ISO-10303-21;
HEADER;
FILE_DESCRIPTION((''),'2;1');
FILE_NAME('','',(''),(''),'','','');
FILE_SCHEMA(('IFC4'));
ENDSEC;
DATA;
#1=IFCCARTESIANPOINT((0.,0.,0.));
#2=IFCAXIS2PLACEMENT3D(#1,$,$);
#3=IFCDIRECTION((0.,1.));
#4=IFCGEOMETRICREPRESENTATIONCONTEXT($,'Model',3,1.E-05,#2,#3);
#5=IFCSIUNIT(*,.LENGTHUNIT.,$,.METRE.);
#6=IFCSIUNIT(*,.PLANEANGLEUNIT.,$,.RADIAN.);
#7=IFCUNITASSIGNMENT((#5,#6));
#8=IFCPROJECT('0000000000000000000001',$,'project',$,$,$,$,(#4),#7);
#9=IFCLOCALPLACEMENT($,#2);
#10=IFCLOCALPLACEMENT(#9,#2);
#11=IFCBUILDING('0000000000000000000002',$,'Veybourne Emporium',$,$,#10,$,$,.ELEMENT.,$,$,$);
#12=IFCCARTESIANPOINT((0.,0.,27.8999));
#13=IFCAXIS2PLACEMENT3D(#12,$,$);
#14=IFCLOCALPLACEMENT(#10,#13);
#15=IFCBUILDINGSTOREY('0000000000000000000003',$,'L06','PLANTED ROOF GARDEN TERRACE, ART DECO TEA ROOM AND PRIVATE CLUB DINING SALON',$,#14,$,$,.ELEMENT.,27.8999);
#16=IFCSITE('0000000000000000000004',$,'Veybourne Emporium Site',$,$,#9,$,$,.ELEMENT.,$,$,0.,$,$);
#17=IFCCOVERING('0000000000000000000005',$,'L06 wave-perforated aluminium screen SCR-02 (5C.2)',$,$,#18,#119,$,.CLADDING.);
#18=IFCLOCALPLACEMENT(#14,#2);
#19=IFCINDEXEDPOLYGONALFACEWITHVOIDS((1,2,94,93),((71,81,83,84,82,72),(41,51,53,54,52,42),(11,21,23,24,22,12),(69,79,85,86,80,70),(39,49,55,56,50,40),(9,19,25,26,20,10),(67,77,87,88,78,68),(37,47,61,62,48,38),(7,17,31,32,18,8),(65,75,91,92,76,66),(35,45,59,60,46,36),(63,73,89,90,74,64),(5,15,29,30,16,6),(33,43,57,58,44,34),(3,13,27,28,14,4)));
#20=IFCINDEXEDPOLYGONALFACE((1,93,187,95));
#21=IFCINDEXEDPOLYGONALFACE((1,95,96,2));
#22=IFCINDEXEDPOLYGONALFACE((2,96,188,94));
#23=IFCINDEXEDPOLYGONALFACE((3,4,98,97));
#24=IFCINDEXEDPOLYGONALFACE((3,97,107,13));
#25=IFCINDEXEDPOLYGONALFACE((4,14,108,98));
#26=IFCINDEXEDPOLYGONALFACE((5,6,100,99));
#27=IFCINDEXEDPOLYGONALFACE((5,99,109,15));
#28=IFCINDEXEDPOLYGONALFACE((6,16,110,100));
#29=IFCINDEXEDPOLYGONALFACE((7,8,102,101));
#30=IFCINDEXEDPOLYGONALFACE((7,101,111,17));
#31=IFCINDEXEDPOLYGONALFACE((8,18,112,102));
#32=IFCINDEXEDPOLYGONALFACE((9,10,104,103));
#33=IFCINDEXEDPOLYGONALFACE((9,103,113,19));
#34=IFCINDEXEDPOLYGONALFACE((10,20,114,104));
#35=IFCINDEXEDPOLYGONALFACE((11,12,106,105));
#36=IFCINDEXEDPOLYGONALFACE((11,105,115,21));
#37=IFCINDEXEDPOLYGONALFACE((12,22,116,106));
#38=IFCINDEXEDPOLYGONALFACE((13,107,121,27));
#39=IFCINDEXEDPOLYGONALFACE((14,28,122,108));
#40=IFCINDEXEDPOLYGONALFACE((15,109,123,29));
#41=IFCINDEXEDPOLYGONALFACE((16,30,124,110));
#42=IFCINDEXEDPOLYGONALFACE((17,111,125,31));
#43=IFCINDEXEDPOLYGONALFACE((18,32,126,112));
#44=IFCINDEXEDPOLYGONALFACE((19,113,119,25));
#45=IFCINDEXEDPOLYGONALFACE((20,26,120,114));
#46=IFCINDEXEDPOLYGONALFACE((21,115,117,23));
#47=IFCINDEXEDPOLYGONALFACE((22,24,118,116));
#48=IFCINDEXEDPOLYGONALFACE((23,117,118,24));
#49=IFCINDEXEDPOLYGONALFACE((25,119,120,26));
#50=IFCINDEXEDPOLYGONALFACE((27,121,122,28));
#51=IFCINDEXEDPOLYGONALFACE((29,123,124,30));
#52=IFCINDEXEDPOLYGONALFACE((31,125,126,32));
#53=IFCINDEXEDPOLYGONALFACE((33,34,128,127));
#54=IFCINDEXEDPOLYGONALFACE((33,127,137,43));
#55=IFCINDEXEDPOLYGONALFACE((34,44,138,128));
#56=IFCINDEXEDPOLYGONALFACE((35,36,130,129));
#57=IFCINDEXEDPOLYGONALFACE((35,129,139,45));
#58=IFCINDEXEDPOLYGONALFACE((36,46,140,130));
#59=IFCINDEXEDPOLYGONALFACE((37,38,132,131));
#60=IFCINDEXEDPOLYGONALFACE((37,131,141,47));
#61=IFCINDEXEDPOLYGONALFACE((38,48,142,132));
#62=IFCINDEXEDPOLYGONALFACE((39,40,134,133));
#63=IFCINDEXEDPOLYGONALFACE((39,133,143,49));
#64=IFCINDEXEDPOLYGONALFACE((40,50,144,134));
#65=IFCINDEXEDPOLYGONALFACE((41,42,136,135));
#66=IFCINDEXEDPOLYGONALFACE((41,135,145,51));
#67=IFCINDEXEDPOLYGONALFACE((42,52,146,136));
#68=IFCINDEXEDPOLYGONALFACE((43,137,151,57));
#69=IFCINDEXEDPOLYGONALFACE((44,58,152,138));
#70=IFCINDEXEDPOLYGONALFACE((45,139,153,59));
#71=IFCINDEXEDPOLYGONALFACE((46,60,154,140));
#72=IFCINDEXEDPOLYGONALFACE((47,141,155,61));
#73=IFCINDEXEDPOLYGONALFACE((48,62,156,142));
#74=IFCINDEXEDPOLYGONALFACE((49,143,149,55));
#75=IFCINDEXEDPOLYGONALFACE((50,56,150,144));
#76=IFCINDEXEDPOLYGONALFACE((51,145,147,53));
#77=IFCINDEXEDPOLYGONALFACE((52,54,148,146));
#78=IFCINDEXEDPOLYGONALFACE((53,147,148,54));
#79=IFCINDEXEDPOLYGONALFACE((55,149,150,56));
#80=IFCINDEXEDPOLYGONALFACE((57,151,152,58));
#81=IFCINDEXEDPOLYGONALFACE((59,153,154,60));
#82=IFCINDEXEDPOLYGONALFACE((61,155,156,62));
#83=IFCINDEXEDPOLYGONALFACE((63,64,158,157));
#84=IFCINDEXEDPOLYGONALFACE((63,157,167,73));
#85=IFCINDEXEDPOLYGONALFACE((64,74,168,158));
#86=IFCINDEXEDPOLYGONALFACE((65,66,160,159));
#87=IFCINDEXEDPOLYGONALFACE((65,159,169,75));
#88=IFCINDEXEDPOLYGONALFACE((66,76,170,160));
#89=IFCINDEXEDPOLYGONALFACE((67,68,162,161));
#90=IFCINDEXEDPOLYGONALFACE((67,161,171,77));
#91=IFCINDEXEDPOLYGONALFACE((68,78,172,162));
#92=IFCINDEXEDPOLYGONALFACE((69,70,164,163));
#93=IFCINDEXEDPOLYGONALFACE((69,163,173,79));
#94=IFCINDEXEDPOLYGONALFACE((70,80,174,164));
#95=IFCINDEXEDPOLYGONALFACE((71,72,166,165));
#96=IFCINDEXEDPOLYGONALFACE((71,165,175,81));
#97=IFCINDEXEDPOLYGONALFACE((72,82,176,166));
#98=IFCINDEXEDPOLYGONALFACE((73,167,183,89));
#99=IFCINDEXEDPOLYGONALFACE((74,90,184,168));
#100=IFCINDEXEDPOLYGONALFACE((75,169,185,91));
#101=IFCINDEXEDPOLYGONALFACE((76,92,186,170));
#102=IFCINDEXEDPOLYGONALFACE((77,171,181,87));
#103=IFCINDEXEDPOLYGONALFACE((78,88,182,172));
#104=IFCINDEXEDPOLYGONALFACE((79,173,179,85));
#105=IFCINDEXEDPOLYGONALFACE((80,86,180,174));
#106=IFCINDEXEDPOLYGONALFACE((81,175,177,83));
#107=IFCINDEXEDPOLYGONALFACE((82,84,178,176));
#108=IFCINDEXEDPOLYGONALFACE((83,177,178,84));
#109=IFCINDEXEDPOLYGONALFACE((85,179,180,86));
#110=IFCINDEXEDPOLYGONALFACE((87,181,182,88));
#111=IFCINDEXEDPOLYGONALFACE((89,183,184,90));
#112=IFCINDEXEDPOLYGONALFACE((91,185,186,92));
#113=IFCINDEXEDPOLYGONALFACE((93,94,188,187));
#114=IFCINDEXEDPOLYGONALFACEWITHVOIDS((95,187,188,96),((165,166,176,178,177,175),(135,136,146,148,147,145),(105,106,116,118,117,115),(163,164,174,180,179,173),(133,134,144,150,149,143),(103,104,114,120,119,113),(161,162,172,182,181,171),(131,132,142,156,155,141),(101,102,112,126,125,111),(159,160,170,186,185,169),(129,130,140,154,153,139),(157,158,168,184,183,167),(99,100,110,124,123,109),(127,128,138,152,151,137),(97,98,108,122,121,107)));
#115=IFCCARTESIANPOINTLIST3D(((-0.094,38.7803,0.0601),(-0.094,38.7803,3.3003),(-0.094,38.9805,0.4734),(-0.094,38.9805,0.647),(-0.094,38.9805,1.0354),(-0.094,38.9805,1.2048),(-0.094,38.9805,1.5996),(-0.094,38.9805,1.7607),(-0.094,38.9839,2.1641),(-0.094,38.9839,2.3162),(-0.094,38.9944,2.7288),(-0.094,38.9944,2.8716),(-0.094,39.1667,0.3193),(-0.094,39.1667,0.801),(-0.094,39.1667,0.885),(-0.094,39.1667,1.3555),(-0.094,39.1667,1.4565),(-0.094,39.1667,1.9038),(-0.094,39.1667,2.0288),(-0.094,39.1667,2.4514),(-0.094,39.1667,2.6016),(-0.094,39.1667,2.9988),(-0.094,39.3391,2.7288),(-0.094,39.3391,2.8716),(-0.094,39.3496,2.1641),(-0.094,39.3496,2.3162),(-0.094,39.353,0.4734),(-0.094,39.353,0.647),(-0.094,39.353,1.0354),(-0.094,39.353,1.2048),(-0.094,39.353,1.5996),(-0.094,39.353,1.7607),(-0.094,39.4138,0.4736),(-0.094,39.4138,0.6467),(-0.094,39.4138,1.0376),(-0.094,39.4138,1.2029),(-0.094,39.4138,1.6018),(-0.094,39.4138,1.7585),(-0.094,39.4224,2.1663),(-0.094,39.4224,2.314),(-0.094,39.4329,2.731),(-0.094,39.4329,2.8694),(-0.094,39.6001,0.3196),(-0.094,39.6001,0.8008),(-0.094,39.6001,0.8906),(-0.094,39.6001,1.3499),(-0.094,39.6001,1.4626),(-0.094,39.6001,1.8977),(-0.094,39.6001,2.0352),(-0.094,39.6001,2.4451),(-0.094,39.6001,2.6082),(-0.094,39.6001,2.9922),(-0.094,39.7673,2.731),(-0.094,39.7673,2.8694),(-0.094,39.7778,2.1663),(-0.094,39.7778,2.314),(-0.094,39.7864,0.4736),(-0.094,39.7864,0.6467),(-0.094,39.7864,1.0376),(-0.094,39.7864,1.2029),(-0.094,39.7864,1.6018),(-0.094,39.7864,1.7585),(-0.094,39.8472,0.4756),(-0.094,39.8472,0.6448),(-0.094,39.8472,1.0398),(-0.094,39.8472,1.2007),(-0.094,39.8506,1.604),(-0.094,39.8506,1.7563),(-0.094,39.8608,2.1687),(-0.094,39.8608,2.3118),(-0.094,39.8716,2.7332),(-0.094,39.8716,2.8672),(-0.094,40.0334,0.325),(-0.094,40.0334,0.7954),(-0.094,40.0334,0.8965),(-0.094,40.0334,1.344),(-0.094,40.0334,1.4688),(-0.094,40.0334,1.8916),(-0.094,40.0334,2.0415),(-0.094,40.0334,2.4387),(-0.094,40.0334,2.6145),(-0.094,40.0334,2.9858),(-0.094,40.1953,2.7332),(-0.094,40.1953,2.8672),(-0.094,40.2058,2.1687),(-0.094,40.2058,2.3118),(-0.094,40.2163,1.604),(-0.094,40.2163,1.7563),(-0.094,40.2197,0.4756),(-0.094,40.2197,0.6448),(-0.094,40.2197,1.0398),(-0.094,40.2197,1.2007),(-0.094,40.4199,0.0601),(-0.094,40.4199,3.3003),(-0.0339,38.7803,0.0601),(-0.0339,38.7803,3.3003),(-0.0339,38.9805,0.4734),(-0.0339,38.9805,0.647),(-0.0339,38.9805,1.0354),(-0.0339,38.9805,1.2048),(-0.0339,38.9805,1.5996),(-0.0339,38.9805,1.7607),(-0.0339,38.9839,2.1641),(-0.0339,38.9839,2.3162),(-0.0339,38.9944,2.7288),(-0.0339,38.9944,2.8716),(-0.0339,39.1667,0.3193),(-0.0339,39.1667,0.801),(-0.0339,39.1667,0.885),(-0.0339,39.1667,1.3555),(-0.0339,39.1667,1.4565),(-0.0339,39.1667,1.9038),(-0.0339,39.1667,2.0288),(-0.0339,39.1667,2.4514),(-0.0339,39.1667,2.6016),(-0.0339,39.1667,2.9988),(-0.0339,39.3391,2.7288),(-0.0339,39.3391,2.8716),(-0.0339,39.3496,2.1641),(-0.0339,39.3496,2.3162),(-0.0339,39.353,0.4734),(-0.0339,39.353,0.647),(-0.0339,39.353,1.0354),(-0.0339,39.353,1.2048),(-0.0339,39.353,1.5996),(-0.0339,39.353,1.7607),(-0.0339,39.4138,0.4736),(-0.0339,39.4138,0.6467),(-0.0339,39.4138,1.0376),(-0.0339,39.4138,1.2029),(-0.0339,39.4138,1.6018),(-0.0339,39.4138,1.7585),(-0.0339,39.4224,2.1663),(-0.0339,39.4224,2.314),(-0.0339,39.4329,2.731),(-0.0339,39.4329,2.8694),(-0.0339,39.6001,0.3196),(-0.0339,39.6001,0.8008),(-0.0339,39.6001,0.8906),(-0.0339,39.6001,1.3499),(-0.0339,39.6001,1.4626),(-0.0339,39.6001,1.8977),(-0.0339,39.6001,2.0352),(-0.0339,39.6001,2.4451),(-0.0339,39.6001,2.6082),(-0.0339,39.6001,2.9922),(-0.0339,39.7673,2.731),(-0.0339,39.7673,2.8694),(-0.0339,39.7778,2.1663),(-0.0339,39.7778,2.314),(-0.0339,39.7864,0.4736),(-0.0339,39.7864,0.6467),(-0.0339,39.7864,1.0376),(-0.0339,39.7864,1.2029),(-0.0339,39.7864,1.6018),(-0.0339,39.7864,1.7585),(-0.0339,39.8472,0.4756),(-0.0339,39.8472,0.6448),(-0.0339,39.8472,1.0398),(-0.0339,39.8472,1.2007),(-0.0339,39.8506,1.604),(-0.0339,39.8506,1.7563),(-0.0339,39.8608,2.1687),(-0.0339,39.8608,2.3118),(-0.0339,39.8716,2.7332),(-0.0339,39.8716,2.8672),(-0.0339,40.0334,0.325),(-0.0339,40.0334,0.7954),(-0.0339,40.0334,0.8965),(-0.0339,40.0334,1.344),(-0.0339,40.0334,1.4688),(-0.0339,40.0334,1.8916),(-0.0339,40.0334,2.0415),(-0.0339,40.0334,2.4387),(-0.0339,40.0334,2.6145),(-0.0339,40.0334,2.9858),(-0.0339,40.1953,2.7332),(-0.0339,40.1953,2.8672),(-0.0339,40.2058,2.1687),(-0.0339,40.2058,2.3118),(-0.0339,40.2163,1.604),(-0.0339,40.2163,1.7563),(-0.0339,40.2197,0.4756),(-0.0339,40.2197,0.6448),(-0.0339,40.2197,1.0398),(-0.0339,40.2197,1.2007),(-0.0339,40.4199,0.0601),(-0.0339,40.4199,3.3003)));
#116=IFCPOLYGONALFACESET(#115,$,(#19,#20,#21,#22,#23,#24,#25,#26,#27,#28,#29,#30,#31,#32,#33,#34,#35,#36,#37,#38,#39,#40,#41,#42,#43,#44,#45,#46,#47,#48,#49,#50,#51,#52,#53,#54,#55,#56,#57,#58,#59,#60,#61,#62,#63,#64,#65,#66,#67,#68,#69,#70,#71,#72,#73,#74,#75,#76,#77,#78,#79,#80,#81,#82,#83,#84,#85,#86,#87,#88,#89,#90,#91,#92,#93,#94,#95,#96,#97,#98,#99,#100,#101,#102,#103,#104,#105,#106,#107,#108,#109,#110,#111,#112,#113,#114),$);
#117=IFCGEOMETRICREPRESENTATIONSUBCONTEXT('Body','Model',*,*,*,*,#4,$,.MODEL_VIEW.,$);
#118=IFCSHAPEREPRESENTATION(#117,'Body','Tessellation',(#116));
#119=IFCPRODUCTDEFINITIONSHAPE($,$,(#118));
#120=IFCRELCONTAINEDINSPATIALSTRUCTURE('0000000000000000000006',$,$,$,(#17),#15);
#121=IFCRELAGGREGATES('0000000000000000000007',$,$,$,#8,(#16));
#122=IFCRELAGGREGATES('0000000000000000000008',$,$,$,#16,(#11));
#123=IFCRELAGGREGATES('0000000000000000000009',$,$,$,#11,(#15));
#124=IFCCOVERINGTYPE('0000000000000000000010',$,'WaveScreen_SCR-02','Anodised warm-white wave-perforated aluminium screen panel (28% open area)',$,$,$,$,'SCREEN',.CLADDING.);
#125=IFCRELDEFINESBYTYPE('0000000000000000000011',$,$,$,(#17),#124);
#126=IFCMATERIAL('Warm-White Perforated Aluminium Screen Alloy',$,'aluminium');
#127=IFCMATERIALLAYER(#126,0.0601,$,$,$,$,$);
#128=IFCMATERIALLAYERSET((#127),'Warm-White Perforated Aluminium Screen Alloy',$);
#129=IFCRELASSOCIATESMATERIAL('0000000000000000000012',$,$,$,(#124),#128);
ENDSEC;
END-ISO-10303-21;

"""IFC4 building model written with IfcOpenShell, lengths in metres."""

from ifc_helpers import new_model, si_unit, direction, frame, origin, place, context, subcontext, project, spatial, polyline, outline, extrude, material, layer, layer_set, type_object, element, save


model = new_model("IFC4")

# Units and contexts
model_context = context("Model", 3, precision=1e-05, world=origin(), true_north=direction((0.0, 1.0)))
body_context = subcontext(model_context, "Body", "Model", "MODEL_VIEW")
ifc_project = project(units=[si_unit("LENGTHUNIT", "METRE"), si_unit("PLANEANGLEUNIT", "RADIAN")], contexts=[model_context])

# Site, building, storey
site_placement = place(None, origin())
site = spatial("IfcSite", under=ifc_project, at=site_placement, Name="Veybourne Emporium Site", CompositionType="ELEMENT", RefElevation=0.0)
building_placement = place(site_placement, origin())
building = spatial("IfcBuilding", under=site, at=building_placement, Name="Veybourne Emporium", CompositionType="ELEMENT")
storey_placement = place(building_placement, frame((0.0, 0.0, 27.8999)))
storey = spatial("IfcBuildingStorey", under=building, at=storey_placement, Name="L06", Description="PLANTED ROOF GARDEN TERRACE, ART DECO TEA ROOM AND PRIVATE CLUB DINING SALON", CompositionType="ELEMENT", Elevation=27.8999)

# Covering
ifc_material_1 = material(Name="Warm-White Perforated Aluminium Screen Alloy", Category="aluminium")
ifc_layer_1 = layer(ifc_material_1, 0.0601)
ifc_layer_set_1 = layer_set([ifc_layer_1], Name="Warm-White Perforated Aluminium Screen Alloy")
covering_type_1 = type_object("IfcCoveringType", Name="WaveScreen_SCR-02", Description="Anodised warm-white wave-perforated aluminium screen panel (28% open area)", ElementType="SCREEN", PredefinedType="CLADDING", material=ifc_layer_set_1)
covering_1_placement = place(storey_placement, frame((-0.094, 39.6001, 1.6802), z_axis=(1.0, 0.0, 0.0), x_axis=(0.0, 1.0, 0.0)))
element("IfcCovering", 1, at=covering_1_placement, inside=storey, type_object=covering_type_1, Name="L06 wave-perforated aluminium screen SCR-02 (5C.2)", PredefinedType="CLADDING", context=body_context, shape_type="SweptSolid", body=[
    extrude(outline(polyline([(-0.8198, -1.6201), (0.8198, -1.6201), (0.8198, 1.6201), (-0.8198, 1.6201), (-0.8198, -1.6201)]), holes=[polyline([(-0.4333, -0.8792), (-0.2471, -1.0332), (-0.2471, -1.2068), (-0.4333, -1.3608), (-0.6196, -1.2068), (-0.6196, -1.0332), (-0.4333, -0.8792)]), polyline([(-0.4333, -0.3247), (-0.2471, -0.4753), (-0.2471, -0.6448), (-0.4333, -0.7952), (-0.6196, -0.6448), (-0.6196, -0.4753), (-0.4333, -0.3247)]), polyline([(-0.4333, 0.2236), (-0.2471, 0.0806), (-0.2471, -0.0806), (-0.4333, -0.2236), (-0.6196, -0.0806), (-0.6196, 0.0806), (-0.4333, 0.2236)]), polyline([(-0.4333, 0.7712), (-0.2505, 0.636), (-0.2505, 0.4839), (-0.4333, 0.3486), (-0.6162, 0.4839), (-0.6162, 0.636), (-0.4333, 0.7712)]), polyline([(-0.4333, 1.3186), (-0.261, 1.1914), (-0.261, 1.0486), (-0.4333, 0.9214), (-0.6057, 1.0486), (-0.6057, 1.1914), (-0.4333, 1.3186)]), polyline([(0.0, -0.8794), (0.1863, -1.0334), (0.1863, -1.2065), (0.0, -1.3606), (-0.1863, -1.2065), (-0.1863, -1.0334), (0.0, -0.8794)]), polyline([(0.0, -0.3303), (0.1863, -0.4773), (0.1863, -0.6426), (0.0, -0.7896), (-0.1863, -0.6426), (-0.1863, -0.4773), (0.0, -0.3303)]), polyline([(0.0, 0.2175), (0.1863, 0.0784), (0.1863, -0.0784), (0.0, -0.2175), (-0.1863, -0.0784), (-0.1863, 0.0784), (0.0, 0.2175)]), polyline([(0.0, 0.7649), (0.1777, 0.6338), (0.1777, 0.4861), (0.0, 0.355), (-0.1777, 0.4861), (-0.1777, 0.6338), (0.0, 0.7649)]), polyline([(0.0, 1.312), (0.1672, 1.1892), (0.1672, 1.0508), (0.0, 0.928), (-0.1672, 1.0508), (-0.1672, 1.1892), (0.0, 1.312)]), polyline([(0.4333, -0.8848), (0.6196, -1.0354), (0.6196, -1.2046), (0.4333, -1.3552), (0.2471, -1.2046), (0.2471, -1.0354), (0.4333, -0.8848)]), polyline([(0.4333, -0.3362), (0.6196, -0.4795), (0.6196, -0.6404), (0.4333, -0.7837), (0.2471, -0.6404), (0.2471, -0.4795), (0.4333, -0.3362)]), polyline([(0.4333, 0.2114), (0.6162, 0.0762), (0.6162, -0.0762), (0.4333, -0.2114), (0.2505, -0.0762), (0.2505, 0.0762), (0.4333, 0.2114)]), polyline([(0.4333, 0.7585), (0.6057, 0.6316), (0.6057, 0.4885), (0.4333, 0.3613), (0.2607, 0.4885), (0.2607, 0.6316), (0.4333, 0.7585)]), polyline([(0.4333, 1.3057), (0.5952, 1.187), (0.5952, 1.053), (0.4333, 0.9343), (0.2715, 1.053), (0.2715, 1.187), (0.4333, 1.3057)])]), origin(), (0.0, 0.0, 1.0), 0.0601),
])

save(model, "model.ifc")
